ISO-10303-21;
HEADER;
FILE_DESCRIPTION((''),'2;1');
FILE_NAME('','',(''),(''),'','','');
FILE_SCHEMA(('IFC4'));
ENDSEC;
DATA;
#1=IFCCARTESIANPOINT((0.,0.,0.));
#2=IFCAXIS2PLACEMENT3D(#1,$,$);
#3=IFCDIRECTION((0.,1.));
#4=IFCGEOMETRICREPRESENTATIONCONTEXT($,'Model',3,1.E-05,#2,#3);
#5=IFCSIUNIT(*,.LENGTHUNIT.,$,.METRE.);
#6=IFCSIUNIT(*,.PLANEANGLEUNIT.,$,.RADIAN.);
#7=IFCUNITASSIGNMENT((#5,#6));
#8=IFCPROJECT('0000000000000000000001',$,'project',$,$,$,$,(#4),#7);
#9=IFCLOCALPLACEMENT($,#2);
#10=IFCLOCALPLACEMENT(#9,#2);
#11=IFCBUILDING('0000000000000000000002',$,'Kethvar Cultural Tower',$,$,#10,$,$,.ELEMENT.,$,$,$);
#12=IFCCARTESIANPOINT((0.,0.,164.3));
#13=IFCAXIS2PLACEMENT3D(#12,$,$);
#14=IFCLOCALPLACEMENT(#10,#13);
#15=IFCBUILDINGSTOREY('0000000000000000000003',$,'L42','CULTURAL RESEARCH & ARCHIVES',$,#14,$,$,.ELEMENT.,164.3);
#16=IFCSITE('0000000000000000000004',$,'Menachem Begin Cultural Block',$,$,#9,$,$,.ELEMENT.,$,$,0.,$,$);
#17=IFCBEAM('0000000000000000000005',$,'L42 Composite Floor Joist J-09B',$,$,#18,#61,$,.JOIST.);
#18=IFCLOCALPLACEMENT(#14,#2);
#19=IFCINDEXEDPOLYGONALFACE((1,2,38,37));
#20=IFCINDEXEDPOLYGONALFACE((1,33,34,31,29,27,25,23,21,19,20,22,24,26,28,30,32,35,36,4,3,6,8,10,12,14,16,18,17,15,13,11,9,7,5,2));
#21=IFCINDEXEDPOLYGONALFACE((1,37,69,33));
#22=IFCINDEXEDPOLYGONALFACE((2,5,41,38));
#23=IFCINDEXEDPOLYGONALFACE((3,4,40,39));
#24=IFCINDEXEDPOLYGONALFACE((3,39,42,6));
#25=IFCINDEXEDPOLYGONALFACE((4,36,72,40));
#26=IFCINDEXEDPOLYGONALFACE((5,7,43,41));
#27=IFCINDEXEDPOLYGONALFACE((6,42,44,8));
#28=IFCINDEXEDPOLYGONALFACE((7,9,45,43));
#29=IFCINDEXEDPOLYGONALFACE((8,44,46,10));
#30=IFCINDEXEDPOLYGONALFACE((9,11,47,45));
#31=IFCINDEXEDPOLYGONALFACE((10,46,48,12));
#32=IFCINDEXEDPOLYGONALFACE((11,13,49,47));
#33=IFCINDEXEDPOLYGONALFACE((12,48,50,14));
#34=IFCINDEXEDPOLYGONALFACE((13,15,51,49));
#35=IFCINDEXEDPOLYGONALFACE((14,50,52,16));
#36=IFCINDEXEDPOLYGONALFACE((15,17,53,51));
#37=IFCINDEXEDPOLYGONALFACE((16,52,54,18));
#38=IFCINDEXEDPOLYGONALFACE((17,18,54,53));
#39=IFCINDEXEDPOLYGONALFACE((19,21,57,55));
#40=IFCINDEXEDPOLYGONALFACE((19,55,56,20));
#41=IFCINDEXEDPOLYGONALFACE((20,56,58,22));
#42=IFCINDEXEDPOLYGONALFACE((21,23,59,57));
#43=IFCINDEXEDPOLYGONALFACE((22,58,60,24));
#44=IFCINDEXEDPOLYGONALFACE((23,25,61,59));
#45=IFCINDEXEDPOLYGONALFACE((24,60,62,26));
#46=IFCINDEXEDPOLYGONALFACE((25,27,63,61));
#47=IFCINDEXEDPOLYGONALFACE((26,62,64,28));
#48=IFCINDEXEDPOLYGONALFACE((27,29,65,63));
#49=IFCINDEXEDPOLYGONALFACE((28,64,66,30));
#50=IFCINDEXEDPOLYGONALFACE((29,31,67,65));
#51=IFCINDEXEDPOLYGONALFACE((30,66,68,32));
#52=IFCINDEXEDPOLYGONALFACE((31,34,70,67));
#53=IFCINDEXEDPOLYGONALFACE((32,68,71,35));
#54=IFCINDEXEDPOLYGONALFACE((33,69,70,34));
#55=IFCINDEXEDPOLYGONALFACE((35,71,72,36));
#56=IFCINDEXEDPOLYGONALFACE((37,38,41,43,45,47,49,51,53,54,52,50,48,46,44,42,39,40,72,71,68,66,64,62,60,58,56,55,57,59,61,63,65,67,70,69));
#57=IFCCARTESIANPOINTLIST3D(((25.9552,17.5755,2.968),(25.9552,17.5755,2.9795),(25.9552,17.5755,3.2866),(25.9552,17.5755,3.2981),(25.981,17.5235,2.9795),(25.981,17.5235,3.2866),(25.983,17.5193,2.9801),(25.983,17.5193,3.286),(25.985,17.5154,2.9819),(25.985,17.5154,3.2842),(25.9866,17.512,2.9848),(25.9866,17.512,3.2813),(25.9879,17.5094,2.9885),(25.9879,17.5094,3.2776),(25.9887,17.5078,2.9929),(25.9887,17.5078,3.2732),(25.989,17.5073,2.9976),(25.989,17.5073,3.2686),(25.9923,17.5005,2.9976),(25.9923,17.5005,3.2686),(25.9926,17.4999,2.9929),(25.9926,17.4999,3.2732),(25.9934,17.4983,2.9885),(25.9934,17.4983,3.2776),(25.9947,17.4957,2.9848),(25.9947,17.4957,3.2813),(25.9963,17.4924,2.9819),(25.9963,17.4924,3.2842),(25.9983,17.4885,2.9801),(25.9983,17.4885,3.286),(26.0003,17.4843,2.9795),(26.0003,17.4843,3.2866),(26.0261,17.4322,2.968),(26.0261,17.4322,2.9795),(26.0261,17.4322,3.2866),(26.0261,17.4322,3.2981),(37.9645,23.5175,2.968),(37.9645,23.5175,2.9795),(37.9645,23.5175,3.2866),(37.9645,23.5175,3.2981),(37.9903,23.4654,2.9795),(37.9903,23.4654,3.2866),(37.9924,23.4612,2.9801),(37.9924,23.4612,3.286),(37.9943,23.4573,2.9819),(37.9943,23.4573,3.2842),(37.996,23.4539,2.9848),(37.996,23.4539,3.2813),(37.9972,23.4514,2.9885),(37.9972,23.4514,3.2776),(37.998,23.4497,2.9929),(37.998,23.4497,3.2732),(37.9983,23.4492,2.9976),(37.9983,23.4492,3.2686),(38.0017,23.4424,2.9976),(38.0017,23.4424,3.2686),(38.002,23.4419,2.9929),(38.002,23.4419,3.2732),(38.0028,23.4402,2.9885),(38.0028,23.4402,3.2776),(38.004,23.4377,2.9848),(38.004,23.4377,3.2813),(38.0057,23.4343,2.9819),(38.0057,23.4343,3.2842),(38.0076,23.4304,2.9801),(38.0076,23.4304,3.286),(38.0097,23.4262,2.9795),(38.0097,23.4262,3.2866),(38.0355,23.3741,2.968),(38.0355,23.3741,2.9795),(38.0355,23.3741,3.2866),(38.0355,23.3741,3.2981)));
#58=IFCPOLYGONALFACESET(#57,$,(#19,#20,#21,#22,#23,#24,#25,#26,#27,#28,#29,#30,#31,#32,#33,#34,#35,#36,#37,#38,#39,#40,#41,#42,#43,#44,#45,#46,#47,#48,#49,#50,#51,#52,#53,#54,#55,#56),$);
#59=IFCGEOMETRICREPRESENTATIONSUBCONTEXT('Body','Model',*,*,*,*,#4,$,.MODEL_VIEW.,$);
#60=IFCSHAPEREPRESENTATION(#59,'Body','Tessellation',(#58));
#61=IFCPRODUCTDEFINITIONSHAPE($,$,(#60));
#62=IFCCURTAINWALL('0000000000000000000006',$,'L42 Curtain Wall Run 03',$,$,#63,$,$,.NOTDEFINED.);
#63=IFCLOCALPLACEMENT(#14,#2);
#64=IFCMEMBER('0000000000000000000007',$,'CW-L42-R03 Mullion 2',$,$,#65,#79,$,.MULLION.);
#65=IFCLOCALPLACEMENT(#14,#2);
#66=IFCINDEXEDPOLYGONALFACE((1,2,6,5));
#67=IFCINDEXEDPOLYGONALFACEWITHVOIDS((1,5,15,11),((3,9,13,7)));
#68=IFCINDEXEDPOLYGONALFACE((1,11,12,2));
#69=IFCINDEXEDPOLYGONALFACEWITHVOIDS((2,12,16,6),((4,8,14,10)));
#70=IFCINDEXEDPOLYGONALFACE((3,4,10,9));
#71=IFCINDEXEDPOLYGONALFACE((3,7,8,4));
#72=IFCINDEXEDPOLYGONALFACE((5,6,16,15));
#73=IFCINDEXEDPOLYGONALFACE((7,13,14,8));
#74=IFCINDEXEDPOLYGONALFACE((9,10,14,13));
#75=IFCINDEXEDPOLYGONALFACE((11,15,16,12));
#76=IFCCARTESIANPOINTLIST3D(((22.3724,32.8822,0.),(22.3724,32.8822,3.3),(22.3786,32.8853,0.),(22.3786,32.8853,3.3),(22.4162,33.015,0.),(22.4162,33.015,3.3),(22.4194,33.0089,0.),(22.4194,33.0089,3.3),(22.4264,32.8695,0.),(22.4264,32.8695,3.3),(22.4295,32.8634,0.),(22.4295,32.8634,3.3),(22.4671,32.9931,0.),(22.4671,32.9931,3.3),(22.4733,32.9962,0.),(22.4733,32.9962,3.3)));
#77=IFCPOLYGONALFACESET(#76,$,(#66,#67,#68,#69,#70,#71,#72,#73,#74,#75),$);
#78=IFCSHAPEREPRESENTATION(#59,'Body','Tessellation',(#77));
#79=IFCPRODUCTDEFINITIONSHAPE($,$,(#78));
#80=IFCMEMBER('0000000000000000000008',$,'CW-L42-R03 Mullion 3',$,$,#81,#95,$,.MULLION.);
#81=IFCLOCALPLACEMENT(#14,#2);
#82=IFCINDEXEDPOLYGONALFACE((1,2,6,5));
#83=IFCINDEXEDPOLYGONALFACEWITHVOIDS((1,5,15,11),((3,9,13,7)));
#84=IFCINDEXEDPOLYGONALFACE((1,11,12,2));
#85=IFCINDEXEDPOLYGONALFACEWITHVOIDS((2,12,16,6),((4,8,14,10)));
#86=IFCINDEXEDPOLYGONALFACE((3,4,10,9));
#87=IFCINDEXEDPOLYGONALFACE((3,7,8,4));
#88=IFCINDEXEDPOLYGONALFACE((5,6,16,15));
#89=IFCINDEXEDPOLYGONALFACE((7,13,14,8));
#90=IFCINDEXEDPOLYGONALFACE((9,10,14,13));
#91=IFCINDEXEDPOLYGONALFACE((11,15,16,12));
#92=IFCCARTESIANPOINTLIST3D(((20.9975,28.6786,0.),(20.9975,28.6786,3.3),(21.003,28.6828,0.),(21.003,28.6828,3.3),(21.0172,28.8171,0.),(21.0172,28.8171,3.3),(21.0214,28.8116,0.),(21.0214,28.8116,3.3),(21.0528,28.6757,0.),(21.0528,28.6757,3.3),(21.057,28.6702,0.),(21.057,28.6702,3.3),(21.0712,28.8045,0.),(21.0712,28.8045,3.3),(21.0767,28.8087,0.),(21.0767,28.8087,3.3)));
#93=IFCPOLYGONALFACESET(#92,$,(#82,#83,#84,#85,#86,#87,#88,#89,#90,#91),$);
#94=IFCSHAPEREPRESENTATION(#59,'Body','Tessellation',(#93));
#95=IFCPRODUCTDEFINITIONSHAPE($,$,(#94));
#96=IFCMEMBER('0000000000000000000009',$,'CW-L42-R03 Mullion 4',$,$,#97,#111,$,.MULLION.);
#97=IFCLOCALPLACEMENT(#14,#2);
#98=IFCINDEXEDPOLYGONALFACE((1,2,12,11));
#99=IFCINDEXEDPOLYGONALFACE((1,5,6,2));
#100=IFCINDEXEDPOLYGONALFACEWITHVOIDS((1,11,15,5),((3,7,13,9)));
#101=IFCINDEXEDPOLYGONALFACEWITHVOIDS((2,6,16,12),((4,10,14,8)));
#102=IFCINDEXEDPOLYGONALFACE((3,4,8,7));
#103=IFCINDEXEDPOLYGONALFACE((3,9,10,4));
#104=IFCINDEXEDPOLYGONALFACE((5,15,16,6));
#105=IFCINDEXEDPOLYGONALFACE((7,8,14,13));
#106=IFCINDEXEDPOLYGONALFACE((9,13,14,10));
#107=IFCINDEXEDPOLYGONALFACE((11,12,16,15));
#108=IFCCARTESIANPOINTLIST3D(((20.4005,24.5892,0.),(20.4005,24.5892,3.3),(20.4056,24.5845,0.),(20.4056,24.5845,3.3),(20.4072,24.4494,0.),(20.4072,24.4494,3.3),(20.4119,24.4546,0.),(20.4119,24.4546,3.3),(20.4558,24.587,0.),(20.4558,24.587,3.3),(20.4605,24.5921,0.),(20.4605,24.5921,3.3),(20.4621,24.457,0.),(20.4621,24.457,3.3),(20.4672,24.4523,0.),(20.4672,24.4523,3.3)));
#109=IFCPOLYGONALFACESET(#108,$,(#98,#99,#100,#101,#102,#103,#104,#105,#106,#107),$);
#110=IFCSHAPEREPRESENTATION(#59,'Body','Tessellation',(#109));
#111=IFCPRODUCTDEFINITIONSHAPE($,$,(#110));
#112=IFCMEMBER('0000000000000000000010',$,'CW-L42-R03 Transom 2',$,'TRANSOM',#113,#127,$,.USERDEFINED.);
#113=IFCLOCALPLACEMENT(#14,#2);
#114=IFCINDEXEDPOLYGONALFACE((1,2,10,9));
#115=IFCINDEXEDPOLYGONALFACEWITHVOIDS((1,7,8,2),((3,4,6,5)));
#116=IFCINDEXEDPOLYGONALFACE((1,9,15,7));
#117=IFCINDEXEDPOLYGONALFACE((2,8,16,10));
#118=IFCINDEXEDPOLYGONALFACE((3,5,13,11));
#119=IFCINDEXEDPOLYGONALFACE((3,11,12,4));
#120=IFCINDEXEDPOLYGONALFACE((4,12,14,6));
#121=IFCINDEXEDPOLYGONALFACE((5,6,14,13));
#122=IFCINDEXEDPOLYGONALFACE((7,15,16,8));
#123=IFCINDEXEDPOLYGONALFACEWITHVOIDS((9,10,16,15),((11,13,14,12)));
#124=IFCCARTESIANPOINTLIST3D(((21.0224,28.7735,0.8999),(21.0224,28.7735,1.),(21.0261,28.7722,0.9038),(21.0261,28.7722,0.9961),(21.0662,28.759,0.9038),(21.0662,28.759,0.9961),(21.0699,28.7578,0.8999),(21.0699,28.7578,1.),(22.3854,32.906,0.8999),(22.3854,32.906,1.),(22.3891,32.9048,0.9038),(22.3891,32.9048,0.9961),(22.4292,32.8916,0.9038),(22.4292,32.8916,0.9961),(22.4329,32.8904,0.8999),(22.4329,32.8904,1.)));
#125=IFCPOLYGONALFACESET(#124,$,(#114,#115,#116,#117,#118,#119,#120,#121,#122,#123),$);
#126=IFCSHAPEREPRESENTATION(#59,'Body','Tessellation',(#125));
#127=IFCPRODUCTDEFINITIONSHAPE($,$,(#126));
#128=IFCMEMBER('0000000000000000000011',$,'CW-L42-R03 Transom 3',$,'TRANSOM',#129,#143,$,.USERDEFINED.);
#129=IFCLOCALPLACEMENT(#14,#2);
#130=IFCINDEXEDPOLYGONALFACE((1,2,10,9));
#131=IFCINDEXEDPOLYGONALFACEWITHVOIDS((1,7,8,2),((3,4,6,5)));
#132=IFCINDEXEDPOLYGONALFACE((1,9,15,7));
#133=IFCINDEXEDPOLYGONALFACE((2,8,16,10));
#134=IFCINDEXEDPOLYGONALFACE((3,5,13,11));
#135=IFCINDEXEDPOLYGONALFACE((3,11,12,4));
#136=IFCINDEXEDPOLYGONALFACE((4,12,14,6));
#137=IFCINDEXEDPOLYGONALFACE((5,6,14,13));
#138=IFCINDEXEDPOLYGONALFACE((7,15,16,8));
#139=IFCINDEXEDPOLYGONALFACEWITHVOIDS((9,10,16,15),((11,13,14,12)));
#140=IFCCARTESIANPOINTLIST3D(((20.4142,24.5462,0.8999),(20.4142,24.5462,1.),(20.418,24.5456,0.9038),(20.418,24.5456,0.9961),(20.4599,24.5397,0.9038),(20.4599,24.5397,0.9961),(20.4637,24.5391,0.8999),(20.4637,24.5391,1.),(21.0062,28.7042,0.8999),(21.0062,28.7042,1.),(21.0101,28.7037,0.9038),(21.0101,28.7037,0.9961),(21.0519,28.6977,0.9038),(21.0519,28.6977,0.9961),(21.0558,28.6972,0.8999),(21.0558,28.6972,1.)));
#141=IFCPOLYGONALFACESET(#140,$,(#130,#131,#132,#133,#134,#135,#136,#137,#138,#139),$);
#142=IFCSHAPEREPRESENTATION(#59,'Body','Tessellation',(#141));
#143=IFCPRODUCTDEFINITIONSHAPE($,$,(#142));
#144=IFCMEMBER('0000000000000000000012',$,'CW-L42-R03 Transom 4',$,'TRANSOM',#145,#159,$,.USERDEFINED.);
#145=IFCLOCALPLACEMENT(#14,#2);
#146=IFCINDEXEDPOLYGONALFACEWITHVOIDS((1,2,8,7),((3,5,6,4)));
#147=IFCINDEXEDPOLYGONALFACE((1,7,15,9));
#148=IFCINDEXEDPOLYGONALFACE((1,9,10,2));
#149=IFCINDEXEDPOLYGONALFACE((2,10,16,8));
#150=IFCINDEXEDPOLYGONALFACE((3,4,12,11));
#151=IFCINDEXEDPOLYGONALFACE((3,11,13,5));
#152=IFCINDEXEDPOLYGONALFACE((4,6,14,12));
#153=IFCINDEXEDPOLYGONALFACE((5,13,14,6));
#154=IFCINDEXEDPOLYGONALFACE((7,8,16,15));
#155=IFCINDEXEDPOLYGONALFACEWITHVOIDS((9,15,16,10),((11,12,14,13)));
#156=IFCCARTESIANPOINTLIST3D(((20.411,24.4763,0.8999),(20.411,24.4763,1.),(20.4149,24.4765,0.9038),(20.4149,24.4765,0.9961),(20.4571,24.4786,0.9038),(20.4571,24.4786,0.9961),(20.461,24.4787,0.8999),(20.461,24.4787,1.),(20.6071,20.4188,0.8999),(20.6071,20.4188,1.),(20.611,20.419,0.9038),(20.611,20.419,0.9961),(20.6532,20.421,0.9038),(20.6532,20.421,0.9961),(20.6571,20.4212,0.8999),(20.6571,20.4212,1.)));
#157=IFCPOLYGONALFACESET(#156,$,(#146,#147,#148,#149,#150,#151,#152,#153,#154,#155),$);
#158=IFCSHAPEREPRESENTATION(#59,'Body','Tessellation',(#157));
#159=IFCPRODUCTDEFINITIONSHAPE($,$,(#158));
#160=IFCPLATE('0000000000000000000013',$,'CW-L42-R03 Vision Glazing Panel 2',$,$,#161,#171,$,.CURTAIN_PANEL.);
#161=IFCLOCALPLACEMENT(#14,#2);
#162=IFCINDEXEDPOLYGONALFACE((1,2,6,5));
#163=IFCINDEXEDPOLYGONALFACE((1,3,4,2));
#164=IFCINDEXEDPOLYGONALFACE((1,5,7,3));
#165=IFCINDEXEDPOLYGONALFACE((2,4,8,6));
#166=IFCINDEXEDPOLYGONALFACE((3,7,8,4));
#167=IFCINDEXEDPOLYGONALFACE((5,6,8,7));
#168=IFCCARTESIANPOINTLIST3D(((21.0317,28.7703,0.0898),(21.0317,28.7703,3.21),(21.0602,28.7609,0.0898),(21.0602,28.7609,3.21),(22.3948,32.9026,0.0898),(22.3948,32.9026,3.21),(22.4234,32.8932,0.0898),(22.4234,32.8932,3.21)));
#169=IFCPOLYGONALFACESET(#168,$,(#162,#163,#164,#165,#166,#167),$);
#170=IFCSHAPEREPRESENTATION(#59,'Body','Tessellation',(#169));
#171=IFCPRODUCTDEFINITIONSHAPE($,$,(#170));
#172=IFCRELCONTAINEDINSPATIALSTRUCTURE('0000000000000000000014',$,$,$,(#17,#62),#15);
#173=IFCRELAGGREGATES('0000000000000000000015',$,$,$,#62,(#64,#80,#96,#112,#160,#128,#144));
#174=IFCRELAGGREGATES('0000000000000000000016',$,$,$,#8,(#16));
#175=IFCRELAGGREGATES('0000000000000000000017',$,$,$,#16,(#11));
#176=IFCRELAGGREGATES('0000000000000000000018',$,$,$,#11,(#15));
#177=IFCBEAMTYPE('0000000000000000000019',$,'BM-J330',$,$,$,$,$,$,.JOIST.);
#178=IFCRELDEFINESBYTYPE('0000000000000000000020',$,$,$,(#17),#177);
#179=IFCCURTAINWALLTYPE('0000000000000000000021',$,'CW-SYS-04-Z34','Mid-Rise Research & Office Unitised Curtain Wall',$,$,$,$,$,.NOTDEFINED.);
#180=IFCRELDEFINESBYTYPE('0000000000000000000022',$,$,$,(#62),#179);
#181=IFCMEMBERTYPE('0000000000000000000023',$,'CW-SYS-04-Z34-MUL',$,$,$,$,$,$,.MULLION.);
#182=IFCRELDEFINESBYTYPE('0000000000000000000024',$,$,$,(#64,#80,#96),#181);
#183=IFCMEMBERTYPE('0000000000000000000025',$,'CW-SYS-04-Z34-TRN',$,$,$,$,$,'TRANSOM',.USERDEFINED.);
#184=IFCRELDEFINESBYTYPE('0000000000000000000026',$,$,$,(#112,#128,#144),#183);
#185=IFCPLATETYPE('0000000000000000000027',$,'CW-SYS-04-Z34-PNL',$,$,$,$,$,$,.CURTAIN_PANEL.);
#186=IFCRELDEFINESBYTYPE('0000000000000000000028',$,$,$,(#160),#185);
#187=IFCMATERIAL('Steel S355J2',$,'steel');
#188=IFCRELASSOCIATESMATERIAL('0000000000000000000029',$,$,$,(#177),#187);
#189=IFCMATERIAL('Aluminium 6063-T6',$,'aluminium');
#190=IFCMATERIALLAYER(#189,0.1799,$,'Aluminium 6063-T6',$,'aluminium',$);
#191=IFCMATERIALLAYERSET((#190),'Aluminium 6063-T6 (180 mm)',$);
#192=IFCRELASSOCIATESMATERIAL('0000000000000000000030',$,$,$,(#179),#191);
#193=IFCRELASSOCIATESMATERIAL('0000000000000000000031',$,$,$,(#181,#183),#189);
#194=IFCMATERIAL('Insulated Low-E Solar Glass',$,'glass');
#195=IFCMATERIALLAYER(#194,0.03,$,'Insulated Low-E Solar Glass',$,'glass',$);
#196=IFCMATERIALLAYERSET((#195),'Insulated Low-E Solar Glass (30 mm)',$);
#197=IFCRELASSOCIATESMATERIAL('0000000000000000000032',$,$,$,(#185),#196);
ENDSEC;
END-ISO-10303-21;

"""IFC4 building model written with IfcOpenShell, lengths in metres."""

from ifc_helpers import new_model, si_unit, direction, frame, origin, origin_2d, place, context, subcontext, project, spatial, rectangle, hollow_rectangle, i_section, extrude, source, transform, mapped, material, layer, layer_set, material_profile, profile_set, type_object, element, aggregate, save


model = new_model("IFC4")

# Units and contexts
model_context = context("Model", 3, precision=1e-05, world=origin(), true_north=direction((0.0, 1.0)))
body_context = subcontext(model_context, "Body", "Model", "MODEL_VIEW")
ifc_project = project(units=[si_unit("LENGTHUNIT", "METRE"), si_unit("PLANEANGLEUNIT", "RADIAN")], contexts=[model_context])

# Site, building, storey
site_placement = place(None, origin())
site = spatial("IfcSite", under=ifc_project, at=site_placement, Name="Menachem Begin Cultural Block", CompositionType="ELEMENT", RefElevation=0.0)
building_placement = place(site_placement, origin())
building = spatial("IfcBuilding", under=site, at=building_placement, Name="Kethvar Cultural Tower", CompositionType="ELEMENT")
storey_placement = place(building_placement, frame((0.0, 0.0, 164.3)))
storey = spatial("IfcBuildingStorey", under=building, at=storey_placement, Name="L42", Description="CULTURAL RESEARCH & ARCHIVES", CompositionType="ELEMENT", Elevation=164.3)

# Beam
ifc_material_1 = material(Name="Steel S355J2", Category="steel")
ifc_material_profile_1 = material_profile(ifc_material_1, i_section(OverallWidth=0.1599, OverallDepth=0.3301, WebThickness=0.0076, FlangeThickness=0.0115, FilletRadius=0.0181, at=origin_2d()), Name="Steel S355J2 — IPE330")
ifc_profile_set_1 = profile_set([ifc_material_profile_1], Name="Steel S355J2 — IPE330")
beam_type_1 = type_object("IfcBeamType", Name="BM-J330", PredefinedType="JOIST", material=ifc_profile_set_1)
shared_shape_1 = source(origin(), body_context, "Body", "SweptSolid", [
    extrude(i_section(OverallWidth=0.1599, OverallDepth=0.3301, WebThickness=0.0076, FlangeThickness=0.0115, FilletRadius=0.0181, at=origin_2d()), origin(), (0.0, 0.0, 1.0), 13.3989),
])
beam_1_placement = place(storey_placement, frame((38.0, 23.4458, 3.1331), z_axis=(-0.896292, -0.443463, 0.0), x_axis=(0.443463, -0.896292, 0.0)))
element("IfcBeam", 1, at=beam_1_placement, inside=storey, type_object=beam_type_1, Name="L42 Composite Floor Joist J-09B", PredefinedType="JOIST", context=body_context, shape_type="MappedRepresentation", body=[
    mapped(shared_shape_1, transform((0.0, 0.0, 0.0), scale=1.0)),
])

# Curtain wall, members, plate
ifc_material_2 = material(Name="Aluminium 6063-T6", Category="aluminium")
ifc_layer_1 = layer(ifc_material_2, 0.1799, Name="Aluminium 6063-T6", Category="aluminium")
ifc_layer_set_1 = layer_set([ifc_layer_1], Name="Aluminium 6063-T6 (180 mm)")
curtain_wall_type = type_object("IfcCurtainWallType", Name="CW-SYS-04-Z34", Description="Mid-Rise Research & Office Unitised Curtain Wall", PredefinedType="NOTDEFINED", material=ifc_layer_set_1)
curtain_wall_placement = place(storey_placement, origin())
curtain_wall = element("IfcCurtainWall", 2, at=curtain_wall_placement, inside=storey, type_object=curtain_wall_type, Name="L42 Curtain Wall Run 03", PredefinedType="NOTDEFINED")
ifc_material_profile_2 = material_profile(ifc_material_2, hollow_rectangle(XDim=0.0601, YDim=0.1399, WallThickness=0.0049, at=origin_2d()), Name="Aluminium 6063-T6 — RHS140x60x5")
ifc_profile_set_2 = profile_set([ifc_material_profile_2], Name="Aluminium 6063-T6 — RHS140x60x5")
member_type_1 = type_object("IfcMemberType", Name="CW-SYS-04-Z34-MUL", PredefinedType="MULLION", material=ifc_profile_set_2)
shared_shape_2 = source(origin(), body_context, "Body", "SweptSolid", [
    extrude(hollow_rectangle(XDim=0.0601, YDim=0.1399, WallThickness=0.0049, at=origin_2d()), origin(), (0.0, 0.0, 1.0), 3.3),
])
member_1_placement = place(storey_placement, frame((22.4229, 32.9392, 0.0), z_axis=(0.0, 0.0, 1.0), x_axis=(0.949666, -0.313263, 0.0)))
member_1 = element("IfcMember", 3, at=member_1_placement, type_object=member_type_1, Name="CW-L42-R03 Mullion 2", PredefinedType="MULLION", context=body_context, shape_type="MappedRepresentation", body=[
    mapped(shared_shape_2, transform((0.0, 0.0, 0.0), scale=1.0)),
])
member_2_placement = place(storey_placement, frame((21.0371, 28.7437, 0.0), z_axis=(0.0, 0.0, 1.0), x_axis=(0.990019, -0.140936, 0.0)))
member_2 = element("IfcMember", 4, at=member_2_placement, type_object=member_type_1, Name="CW-L42-R03 Mullion 3", PredefinedType="MULLION", context=body_context, shape_type="MappedRepresentation", body=[
    mapped(shared_shape_2, transform((0.0, 0.0, 0.0), scale=1.0)),
])
member_3_placement = place(storey_placement, frame((20.4338, 24.5208, 0.0), z_axis=(0.0, 0.0, 1.0), x_axis=(0.998834, 0.048274, 0.0)))
member_3 = element("IfcMember", 5, at=member_3_placement, type_object=member_type_1, Name="CW-L42-R03 Mullion 4", PredefinedType="MULLION", context=body_context, shape_type="MappedRepresentation", body=[
    mapped(shared_shape_2, transform((0.0, 0.0, 0.0), scale=1.0)),
])
ifc_material_profile_3 = material_profile(ifc_material_2, hollow_rectangle(XDim=0.05, YDim=0.1001, WallThickness=0.0039, at=origin_2d()), Name="Aluminium 6063-T6 — RHS100x50x4")
ifc_profile_set_3 = profile_set([ifc_material_profile_3], Name="Aluminium 6063-T6 — RHS100x50x4")
member_type_2 = type_object("IfcMemberType", Name="CW-SYS-04-Z34-TRN", ElementType="TRANSOM", PredefinedType="USERDEFINED", material=ifc_profile_set_3)
shared_shape_3 = source(origin(), body_context, "Body", "SweptSolid", [
    extrude(hollow_rectangle(XDim=0.05, YDim=0.1001, WallThickness=0.0039, at=origin_2d()), origin(), (0.0, 0.0, 1.0), 4.3516),
])
member_4_placement = place(storey_placement, frame((22.4092, 32.8982, 0.95), z_axis=(-0.31323, -0.949677, 0.0), x_axis=(0.949677, -0.31323, 0.0)))
member_4 = element("IfcMember", 6, at=member_4_placement, type_object=member_type_2, Name="CW-L42-R03 Transom 2", ObjectType="TRANSOM", PredefinedType="USERDEFINED", context=body_context, shape_type="MappedRepresentation", body=[
    mapped(shared_shape_3, transform((0.0, 0.0, 0.0), scale=1.0)),
])
shared_shape_4 = source(origin(), body_context, "Body", "SweptSolid", [
    extrude(hollow_rectangle(XDim=0.05, YDim=0.1001, WallThickness=0.0039, at=origin_2d()), origin(), (0.0, 0.0, 1.0), 4.2),
])
member_5_placement = place(storey_placement, frame((21.031, 28.7007, 0.95), z_axis=(-0.140966, -0.990014, 0.0), x_axis=(0.990014, -0.140966, 0.0)))
member_5 = element("IfcMember", 7, at=member_5_placement, type_object=member_type_2, Name="CW-L42-R03 Transom 3", ObjectType="TRANSOM", PredefinedType="USERDEFINED", context=body_context, shape_type="MappedRepresentation", body=[
    mapped(shared_shape_4, transform((0.0, 0.0, 0.0), scale=1.0)),
])
shared_shape_5 = source(origin(), body_context, "Body", "SweptSolid", [
    extrude(hollow_rectangle(XDim=0.05, YDim=0.1001, WallThickness=0.0039, at=origin_2d()), origin(), (0.0, 0.0, 1.0), 4.0623),
])
member_6_placement = place(storey_placement, frame((20.436, 24.4775, 0.95), z_axis=(0.048259, -0.998835, 0.0), x_axis=(0.998835, 0.048259, 0.0)))
member_6 = element("IfcMember", 8, at=member_6_placement, type_object=member_type_2, Name="CW-L42-R03 Transom 4", ObjectType="TRANSOM", PredefinedType="USERDEFINED", context=body_context, shape_type="MappedRepresentation", body=[
    mapped(shared_shape_5, transform((0.0, 0.0, 0.0), scale=1.0)),
])
ifc_material_3 = material(Name="Insulated Low-E Solar Glass", Category="glass")
ifc_layer_2 = layer(ifc_material_3, 0.03, Name="Insulated Low-E Solar Glass", Category="glass")
ifc_layer_set_2 = layer_set([ifc_layer_2], Name="Insulated Low-E Solar Glass (30 mm)")
plate_type = type_object("IfcPlateType", Name="CW-SYS-04-Z34-PNL", PredefinedType="CURTAIN_PANEL", material=ifc_layer_set_2)
shared_shape_6 = source(origin(), body_context, "Body", "SweptSolid", [
    extrude(rectangle(XDim=4.3513, YDim=0.03, at=origin_2d()), origin(), (0.0, 0.0, 1.0), 3.1201),
])
plate_1_placement = place(storey_placement, frame((21.7275, 30.8318, 0.0898), z_axis=(0.0, 0.0, 1.0), x_axis=(-0.313263, -0.949666, 0.0)))
plate_1 = element("IfcPlate", 9, at=plate_1_placement, type_object=plate_type, Name="CW-L42-R03 Vision Glazing Panel 2", PredefinedType="CURTAIN_PANEL", context=body_context, shape_type="MappedRepresentation", body=[
    mapped(shared_shape_6, transform((0.0, 0.0, 0.0), scale=1.0)),
])
aggregate(curtain_wall, [member_1, member_2, member_3, member_4, plate_1, member_5, member_6])

save(model, "model.ifc")
